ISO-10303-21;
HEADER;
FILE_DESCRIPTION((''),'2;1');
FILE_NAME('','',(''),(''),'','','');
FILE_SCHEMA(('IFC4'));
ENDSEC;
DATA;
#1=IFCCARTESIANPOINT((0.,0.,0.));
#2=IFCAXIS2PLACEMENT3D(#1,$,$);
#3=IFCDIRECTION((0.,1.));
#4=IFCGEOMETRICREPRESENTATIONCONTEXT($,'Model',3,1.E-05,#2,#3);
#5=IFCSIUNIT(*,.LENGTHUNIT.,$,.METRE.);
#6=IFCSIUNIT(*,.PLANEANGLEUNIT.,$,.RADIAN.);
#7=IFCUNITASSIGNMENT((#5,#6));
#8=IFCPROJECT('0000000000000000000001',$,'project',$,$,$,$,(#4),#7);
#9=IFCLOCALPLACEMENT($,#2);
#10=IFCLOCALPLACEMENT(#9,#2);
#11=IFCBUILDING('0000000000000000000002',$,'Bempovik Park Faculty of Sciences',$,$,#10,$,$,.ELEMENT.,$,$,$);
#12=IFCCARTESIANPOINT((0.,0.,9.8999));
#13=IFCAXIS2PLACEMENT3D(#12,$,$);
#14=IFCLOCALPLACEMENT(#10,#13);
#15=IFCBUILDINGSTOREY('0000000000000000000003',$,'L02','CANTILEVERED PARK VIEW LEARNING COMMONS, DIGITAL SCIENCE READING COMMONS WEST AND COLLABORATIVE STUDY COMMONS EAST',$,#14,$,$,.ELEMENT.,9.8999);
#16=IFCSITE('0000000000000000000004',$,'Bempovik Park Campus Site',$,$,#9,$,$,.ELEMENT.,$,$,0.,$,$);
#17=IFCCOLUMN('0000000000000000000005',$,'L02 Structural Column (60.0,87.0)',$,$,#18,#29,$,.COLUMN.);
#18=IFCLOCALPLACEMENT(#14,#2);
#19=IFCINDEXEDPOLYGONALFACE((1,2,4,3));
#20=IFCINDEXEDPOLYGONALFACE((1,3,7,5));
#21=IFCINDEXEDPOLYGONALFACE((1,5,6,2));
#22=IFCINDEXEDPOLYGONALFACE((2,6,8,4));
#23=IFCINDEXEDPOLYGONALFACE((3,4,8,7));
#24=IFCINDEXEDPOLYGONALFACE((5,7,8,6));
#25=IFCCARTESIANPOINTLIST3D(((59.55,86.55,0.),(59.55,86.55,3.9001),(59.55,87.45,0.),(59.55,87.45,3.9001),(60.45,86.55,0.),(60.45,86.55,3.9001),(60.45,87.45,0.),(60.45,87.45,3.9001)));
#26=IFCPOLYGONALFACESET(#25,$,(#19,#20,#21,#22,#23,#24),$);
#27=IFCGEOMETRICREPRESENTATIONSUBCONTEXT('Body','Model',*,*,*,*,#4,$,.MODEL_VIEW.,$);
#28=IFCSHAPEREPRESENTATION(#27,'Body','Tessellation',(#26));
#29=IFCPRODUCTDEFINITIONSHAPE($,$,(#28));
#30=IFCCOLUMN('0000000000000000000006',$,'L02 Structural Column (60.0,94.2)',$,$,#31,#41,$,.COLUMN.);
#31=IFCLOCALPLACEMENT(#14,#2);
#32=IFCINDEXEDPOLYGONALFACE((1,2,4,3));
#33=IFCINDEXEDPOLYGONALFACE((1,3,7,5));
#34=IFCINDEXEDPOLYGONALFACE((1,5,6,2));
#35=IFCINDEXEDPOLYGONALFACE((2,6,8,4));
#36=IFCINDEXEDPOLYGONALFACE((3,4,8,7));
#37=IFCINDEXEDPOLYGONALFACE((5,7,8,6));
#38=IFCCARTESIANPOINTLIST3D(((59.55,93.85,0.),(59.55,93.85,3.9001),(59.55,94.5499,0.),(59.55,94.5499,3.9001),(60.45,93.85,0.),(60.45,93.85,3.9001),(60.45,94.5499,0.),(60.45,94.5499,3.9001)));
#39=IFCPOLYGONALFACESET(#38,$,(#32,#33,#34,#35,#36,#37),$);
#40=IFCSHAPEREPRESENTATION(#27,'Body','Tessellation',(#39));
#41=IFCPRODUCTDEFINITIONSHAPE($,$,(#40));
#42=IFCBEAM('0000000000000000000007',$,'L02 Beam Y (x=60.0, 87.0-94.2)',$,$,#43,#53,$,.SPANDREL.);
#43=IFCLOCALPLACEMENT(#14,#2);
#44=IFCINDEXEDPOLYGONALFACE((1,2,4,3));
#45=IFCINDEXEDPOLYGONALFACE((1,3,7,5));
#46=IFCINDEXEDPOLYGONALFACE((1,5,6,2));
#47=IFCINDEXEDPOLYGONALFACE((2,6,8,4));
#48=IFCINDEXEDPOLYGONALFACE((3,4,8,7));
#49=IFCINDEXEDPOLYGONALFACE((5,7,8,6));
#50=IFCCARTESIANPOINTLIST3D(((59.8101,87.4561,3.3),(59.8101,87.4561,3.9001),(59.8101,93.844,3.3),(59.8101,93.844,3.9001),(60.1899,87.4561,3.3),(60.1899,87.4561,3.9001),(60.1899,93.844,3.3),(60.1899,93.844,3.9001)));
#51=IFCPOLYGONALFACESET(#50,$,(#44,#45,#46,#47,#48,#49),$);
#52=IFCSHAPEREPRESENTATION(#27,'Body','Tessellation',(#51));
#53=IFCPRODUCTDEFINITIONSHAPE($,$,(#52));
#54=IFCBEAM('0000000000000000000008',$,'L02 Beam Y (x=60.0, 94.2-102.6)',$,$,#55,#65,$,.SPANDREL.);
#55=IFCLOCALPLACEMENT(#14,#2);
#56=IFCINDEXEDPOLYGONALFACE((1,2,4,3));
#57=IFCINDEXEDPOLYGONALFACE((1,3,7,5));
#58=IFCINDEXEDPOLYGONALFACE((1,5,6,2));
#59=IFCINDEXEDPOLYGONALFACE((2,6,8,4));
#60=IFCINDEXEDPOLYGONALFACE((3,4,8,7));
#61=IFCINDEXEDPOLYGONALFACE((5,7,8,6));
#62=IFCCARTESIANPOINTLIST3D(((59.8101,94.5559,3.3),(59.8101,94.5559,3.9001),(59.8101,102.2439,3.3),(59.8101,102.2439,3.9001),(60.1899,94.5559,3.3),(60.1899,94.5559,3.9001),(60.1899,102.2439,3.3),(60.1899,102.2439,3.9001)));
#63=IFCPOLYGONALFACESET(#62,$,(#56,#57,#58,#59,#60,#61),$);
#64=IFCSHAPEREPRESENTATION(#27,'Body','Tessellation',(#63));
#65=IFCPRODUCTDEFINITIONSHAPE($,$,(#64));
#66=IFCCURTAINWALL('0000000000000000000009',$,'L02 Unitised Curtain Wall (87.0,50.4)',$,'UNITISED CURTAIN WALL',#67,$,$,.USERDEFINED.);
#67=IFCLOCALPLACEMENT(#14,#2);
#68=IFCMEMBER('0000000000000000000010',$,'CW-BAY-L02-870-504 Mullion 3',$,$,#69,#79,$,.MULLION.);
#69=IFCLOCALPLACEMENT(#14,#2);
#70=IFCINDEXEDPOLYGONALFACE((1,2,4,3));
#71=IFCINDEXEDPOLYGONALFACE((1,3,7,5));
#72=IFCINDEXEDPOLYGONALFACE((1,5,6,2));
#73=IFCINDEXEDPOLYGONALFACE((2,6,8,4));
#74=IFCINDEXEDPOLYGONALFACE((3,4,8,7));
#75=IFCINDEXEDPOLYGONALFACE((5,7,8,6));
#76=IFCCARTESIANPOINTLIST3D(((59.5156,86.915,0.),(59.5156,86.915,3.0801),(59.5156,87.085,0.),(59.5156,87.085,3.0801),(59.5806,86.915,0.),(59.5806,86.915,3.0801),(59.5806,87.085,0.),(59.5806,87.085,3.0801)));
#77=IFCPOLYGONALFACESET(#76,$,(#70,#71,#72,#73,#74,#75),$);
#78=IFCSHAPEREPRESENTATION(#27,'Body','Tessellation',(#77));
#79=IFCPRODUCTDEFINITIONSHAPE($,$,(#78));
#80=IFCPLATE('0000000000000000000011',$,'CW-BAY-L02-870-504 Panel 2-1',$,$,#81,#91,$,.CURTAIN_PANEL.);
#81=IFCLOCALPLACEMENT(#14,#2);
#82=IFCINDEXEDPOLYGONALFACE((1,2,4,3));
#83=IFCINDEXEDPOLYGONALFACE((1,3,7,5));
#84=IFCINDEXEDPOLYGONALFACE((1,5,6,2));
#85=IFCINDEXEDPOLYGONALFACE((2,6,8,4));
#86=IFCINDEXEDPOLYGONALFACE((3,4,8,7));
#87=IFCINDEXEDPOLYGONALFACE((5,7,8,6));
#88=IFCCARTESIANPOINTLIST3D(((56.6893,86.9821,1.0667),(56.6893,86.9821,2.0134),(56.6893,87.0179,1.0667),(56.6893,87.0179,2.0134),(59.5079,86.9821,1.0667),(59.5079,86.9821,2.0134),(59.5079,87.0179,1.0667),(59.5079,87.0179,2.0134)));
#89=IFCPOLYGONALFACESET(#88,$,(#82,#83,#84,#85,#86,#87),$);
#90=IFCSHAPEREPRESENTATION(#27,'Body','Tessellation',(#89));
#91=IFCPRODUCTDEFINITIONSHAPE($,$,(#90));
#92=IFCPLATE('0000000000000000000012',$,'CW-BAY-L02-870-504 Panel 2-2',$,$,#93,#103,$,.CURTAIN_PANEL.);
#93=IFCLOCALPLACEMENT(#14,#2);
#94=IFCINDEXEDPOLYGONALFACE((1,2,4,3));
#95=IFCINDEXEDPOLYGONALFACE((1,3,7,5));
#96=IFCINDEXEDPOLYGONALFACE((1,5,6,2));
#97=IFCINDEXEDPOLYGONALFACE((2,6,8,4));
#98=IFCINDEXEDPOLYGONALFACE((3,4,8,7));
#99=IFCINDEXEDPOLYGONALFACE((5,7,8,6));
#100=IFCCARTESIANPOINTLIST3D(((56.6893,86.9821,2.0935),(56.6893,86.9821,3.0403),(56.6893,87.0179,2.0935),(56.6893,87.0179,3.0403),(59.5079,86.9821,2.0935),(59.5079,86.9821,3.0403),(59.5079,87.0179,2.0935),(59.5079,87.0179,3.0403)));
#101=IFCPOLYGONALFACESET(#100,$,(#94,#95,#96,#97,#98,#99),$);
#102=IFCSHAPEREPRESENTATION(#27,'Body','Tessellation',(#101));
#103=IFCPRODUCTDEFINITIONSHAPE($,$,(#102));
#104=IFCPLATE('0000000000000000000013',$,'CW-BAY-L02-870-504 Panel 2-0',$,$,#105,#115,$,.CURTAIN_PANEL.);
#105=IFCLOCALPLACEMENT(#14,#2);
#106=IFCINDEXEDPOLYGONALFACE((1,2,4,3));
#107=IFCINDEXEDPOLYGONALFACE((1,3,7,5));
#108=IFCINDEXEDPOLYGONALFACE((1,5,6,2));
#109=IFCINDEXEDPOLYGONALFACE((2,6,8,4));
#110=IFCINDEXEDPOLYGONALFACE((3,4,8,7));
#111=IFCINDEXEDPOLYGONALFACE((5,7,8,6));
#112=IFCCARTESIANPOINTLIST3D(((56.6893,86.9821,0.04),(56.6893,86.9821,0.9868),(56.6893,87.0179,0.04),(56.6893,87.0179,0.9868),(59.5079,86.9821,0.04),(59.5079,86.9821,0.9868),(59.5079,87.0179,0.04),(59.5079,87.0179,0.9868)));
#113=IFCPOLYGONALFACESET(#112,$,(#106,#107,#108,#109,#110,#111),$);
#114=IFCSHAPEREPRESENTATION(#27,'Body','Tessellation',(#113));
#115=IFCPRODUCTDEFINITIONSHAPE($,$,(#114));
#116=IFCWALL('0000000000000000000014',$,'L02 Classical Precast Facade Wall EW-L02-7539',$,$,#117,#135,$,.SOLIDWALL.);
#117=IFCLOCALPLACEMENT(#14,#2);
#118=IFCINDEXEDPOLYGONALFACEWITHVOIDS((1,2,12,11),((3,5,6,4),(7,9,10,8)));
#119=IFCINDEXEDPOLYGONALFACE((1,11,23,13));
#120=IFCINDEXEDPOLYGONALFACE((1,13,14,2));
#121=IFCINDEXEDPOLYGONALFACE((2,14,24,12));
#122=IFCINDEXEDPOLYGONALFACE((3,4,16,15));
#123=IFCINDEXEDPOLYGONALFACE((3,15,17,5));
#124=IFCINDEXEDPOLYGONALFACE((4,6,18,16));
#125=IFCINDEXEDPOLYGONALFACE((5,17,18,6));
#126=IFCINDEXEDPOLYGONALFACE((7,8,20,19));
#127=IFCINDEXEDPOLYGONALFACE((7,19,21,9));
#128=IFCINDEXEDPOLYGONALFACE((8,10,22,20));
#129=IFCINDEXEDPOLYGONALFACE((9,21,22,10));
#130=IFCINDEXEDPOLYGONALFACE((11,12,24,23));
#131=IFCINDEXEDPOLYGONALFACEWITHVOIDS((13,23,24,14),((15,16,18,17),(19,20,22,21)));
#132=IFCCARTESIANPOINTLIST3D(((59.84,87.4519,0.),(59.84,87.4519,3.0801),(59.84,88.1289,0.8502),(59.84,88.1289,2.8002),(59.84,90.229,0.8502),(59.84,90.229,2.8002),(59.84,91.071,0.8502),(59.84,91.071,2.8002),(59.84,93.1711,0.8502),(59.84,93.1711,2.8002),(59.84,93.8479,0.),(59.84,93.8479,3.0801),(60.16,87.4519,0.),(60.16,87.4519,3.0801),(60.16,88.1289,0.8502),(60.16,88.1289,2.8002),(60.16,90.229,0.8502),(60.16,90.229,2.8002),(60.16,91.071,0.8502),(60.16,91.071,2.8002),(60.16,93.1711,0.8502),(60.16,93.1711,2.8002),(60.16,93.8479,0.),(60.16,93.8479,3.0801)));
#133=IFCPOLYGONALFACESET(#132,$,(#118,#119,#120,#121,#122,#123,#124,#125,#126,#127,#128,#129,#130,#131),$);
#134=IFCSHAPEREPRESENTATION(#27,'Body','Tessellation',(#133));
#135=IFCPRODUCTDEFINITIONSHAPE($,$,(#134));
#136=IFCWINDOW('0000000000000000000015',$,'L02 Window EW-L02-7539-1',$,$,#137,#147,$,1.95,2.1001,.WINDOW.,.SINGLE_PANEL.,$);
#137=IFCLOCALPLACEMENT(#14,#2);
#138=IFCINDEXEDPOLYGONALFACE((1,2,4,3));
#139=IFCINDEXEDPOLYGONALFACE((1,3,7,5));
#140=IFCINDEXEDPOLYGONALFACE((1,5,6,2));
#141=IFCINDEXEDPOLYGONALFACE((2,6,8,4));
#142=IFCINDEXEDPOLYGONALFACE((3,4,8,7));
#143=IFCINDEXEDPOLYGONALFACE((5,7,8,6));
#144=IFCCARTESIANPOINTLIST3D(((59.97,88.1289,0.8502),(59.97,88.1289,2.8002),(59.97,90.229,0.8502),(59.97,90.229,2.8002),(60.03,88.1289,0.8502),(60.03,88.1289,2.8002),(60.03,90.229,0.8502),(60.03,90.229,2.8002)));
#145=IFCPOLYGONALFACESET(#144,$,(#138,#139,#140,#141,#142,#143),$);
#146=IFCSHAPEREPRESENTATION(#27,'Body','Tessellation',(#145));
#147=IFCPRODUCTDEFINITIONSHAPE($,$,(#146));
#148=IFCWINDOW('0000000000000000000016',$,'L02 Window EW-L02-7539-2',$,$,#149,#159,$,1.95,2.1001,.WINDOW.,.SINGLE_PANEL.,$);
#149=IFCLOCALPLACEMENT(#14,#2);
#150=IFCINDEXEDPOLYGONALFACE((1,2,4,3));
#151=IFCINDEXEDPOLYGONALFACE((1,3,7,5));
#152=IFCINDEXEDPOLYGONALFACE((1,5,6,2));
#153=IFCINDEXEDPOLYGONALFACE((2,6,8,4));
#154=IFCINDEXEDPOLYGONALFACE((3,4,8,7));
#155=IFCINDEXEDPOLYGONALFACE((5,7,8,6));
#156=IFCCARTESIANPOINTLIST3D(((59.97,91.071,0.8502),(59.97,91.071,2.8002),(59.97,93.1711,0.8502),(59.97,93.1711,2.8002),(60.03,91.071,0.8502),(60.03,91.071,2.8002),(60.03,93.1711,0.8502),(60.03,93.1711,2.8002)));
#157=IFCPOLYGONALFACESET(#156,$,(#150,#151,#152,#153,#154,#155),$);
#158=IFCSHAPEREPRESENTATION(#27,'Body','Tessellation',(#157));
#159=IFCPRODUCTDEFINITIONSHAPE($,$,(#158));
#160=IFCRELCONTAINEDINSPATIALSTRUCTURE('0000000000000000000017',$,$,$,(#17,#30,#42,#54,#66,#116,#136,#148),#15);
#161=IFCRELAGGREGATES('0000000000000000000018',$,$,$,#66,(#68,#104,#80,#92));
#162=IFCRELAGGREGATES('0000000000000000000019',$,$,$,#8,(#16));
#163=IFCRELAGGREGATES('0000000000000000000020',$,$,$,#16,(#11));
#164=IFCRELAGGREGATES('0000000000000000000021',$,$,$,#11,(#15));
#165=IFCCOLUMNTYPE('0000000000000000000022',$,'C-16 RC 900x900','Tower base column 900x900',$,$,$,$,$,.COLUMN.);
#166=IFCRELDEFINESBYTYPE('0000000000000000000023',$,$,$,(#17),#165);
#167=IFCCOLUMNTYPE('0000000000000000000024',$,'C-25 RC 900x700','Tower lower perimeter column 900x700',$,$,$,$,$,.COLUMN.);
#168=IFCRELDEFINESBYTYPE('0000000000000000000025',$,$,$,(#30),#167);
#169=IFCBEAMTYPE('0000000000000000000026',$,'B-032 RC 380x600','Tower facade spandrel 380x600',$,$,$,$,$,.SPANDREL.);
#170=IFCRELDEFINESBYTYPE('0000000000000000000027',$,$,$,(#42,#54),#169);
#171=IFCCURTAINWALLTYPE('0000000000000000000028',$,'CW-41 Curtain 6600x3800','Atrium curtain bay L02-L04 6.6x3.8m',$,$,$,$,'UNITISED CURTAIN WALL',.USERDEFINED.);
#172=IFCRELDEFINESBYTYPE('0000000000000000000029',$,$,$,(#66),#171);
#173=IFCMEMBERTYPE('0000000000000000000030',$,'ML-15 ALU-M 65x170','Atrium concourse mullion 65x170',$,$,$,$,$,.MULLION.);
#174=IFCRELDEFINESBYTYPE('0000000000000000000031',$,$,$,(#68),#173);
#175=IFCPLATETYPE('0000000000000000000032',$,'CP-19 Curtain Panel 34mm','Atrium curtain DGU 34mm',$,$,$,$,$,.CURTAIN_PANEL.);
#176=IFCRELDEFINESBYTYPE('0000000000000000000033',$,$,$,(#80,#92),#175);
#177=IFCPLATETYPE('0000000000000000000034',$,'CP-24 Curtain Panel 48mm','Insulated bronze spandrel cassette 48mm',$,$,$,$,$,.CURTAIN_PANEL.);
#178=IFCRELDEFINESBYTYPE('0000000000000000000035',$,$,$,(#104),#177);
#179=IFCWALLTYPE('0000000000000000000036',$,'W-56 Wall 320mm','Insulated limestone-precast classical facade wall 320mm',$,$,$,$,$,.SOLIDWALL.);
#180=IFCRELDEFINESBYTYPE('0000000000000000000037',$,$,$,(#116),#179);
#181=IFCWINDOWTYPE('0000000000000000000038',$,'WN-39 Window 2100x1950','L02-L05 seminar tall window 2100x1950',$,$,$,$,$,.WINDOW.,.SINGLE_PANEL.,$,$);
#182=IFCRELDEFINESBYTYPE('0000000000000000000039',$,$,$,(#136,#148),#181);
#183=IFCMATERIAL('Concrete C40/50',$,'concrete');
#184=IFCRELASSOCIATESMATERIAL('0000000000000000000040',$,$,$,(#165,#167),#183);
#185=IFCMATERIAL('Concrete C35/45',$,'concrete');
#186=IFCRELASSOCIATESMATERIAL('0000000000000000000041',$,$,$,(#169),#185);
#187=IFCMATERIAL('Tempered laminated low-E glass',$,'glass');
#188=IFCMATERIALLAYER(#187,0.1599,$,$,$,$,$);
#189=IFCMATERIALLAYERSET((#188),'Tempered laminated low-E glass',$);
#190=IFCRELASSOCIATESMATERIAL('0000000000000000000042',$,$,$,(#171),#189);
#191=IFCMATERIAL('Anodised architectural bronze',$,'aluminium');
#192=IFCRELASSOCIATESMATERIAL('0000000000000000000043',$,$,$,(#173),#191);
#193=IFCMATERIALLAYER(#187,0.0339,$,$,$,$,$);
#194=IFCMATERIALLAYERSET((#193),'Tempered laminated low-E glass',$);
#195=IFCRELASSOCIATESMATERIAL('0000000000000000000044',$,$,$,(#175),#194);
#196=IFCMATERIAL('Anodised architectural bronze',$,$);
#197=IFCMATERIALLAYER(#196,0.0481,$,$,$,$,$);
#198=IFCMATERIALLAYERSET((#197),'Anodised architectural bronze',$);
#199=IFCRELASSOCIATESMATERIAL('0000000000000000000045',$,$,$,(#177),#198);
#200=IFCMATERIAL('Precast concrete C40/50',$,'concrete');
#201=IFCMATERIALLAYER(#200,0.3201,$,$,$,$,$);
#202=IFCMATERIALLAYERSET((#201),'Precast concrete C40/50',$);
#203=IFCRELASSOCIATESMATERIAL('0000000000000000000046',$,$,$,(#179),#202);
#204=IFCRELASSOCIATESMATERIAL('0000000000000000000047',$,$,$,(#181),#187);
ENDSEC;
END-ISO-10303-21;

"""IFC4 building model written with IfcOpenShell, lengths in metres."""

from ifc_helpers import new_model, si_unit, direction, frame, frame_2d, origin, origin_2d, place, context, subcontext, project, spatial, rectangle, extrude, material, layer, layer_set, material_profile, profile_set, type_object, element, fill, aggregate, save


model = new_model("IFC4")

# Units and contexts
model_context = context("Model", 3, precision=1e-05, world=origin(), true_north=direction((0.0, 1.0)))
body_context = subcontext(model_context, "Body", "Model", "MODEL_VIEW")
ifc_project = project(units=[si_unit("LENGTHUNIT", "METRE"), si_unit("PLANEANGLEUNIT", "RADIAN")], contexts=[model_context])

# Site, building, storey
site_placement = place(None, origin())
site = spatial("IfcSite", under=ifc_project, at=site_placement, Name="Bempovik Park Campus Site", CompositionType="ELEMENT", RefElevation=0.0)
building_placement = place(site_placement, origin())
building = spatial("IfcBuilding", under=site, at=building_placement, Name="Bempovik Park Faculty of Sciences", CompositionType="ELEMENT")
storey_placement = place(building_placement, frame((0.0, 0.0, 9.8999)))
storey = spatial("IfcBuildingStorey", under=building, at=storey_placement, Name="L02", Description="CANTILEVERED PARK VIEW LEARNING COMMONS, DIGITAL SCIENCE READING COMMONS WEST AND COLLABORATIVE STUDY COMMONS EAST", CompositionType="ELEMENT", Elevation=9.8999)

# Columns
ifc_material_1 = material(Name="Concrete C40/50", Category="concrete")
ifc_material_profile_1 = material_profile(ifc_material_1, rectangle(XDim=0.8999, YDim=0.8999, at=origin_2d()), Name="RC 900x900")
ifc_profile_set_1 = profile_set([ifc_material_profile_1], Name="Concrete C40/50")
column_type_1 = type_object("IfcColumnType", Name="C-16 RC 900x900", Description="Tower base column 900x900", PredefinedType="COLUMN", material=ifc_profile_set_1)
column_1_placement = place(storey_placement, frame((60.0, 87.0, 0.0), z_axis=(0.0, 0.0, 1.0), x_axis=(1.0, 0.0, 0.0)))
element("IfcColumn", 1, at=column_1_placement, inside=storey, type_object=column_type_1, Name="L02 Structural Column (60.0,87.0)", PredefinedType="COLUMN", context=body_context, shape_type="SweptSolid", body=[
    extrude(rectangle(XDim=0.8999, YDim=0.8999, at=origin_2d()), origin(), (0.0, 0.0, 1.0), 3.9001),
])
ifc_material_profile_2 = material_profile(ifc_material_1, rectangle(XDim=0.8999, YDim=0.7, at=origin_2d()), Name="RC 900x700")
ifc_profile_set_2 = profile_set([ifc_material_profile_2], Name="Concrete C40/50")
column_type_2 = type_object("IfcColumnType", Name="C-25 RC 900x700", Description="Tower lower perimeter column 900x700", PredefinedType="COLUMN", material=ifc_profile_set_2)
column_2_placement = place(storey_placement, frame((60.0, 94.2, 0.0), z_axis=(0.0, 0.0, 1.0), x_axis=(1.0, 0.0, 0.0)))
element("IfcColumn", 2, at=column_2_placement, inside=storey, type_object=column_type_2, Name="L02 Structural Column (60.0,94.2)", PredefinedType="COLUMN", context=body_context, shape_type="SweptSolid", body=[
    extrude(rectangle(XDim=0.8999, YDim=0.7, at=origin_2d()), origin(), (0.0, 0.0, 1.0), 3.9001),
])

# Beams
ifc_material_2 = material(Name="Concrete C35/45", Category="concrete")
ifc_material_profile_3 = material_profile(ifc_material_2, rectangle(XDim=0.3799, YDim=0.6001, at=origin_2d()), Name="RC 380x600")
ifc_profile_set_3 = profile_set([ifc_material_profile_3], Name="Concrete C35/45")
beam_type = type_object("IfcBeamType", Name="B-032 RC 380x600", Description="Tower facade spandrel 380x600", PredefinedType="SPANDREL", material=ifc_profile_set_3)
beam_1_placement = place(storey_placement, frame((60.0, 87.4561, 3.6001), z_axis=(0.0, 1.0, 0.0), x_axis=(-1.0, 0.0, 0.0)))
element("IfcBeam", 3, at=beam_1_placement, inside=storey, type_object=beam_type, Name="L02 Beam Y (x=60.0, 87.0-94.2)", PredefinedType="SPANDREL", context=body_context, shape_type="SweptSolid", body=[
    extrude(rectangle(XDim=0.3799, YDim=0.6001, at=origin_2d()), origin(), (0.0, 0.0, 1.0), 6.3879),
])
beam_2_placement = place(storey_placement, frame((60.0, 94.5559, 3.6001), z_axis=(0.0, 1.0, 0.0), x_axis=(-1.0, 0.0, 0.0)))
element("IfcBeam", 4, at=beam_2_placement, inside=storey, type_object=beam_type, Name="L02 Beam Y (x=60.0, 94.2-102.6)", PredefinedType="SPANDREL", context=body_context, shape_type="SweptSolid", body=[
    extrude(rectangle(XDim=0.3799, YDim=0.6001, at=origin_2d()), origin(), (0.0, 0.0, 1.0), 7.688),
])

# Curtain wall, member, plates
ifc_material_3 = material(Name="Tempered laminated low-E glass", Category="glass")
ifc_layer_1 = layer(ifc_material_3, 0.1599)
ifc_layer_set_1 = layer_set([ifc_layer_1], Name="Tempered laminated low-E glass")
curtain_wall_type = type_object("IfcCurtainWallType", Name="CW-41 Curtain 6600x3800", Description="Atrium curtain bay L02-L04 6.6x3.8m", ElementType="UNITISED CURTAIN WALL", PredefinedType="USERDEFINED", material=ifc_layer_set_1)
curtain_wall_placement = place(storey_placement, origin())
curtain_wall = element("IfcCurtainWall", 5, at=curtain_wall_placement, inside=storey, type_object=curtain_wall_type, Name="L02 Unitised Curtain Wall (87.0,50.4)", ObjectType="UNITISED CURTAIN WALL", PredefinedType="USERDEFINED")
ifc_material_4 = material(Name="Anodised architectural bronze", Category="aluminium")
ifc_material_profile_4 = material_profile(ifc_material_4, rectangle(XDim=0.0649, YDim=0.1699, at=origin_2d()), Name="ALU-M 65x170")
ifc_profile_set_4 = profile_set([ifc_material_profile_4], Name="Anodised architectural bronze")
member_type = type_object("IfcMemberType", Name="ML-15 ALU-M 65x170", Description="Atrium concourse mullion 65x170", PredefinedType="MULLION", material=ifc_profile_set_4)
member_placement = place(storey_placement, frame((59.5481, 87.0, 0.0), z_axis=(0.0, 0.0, 1.0), x_axis=(1.0, 0.0, 0.0)))
member = element("IfcMember", 6, at=member_placement, type_object=member_type, Name="CW-BAY-L02-870-504 Mullion 3", PredefinedType="MULLION", context=body_context, shape_type="SweptSolid", body=[
    extrude(rectangle(XDim=0.0649, YDim=0.1699, at=origin_2d()), origin(), (0.0, 0.0, 1.0), 3.0801),
])
ifc_layer_2 = layer(ifc_material_3, 0.0339)
ifc_layer_set_2 = layer_set([ifc_layer_2], Name="Tempered laminated low-E glass")
plate_type_1 = type_object("IfcPlateType", Name="CP-19 Curtain Panel 34mm", Description="Atrium curtain DGU 34mm", PredefinedType="CURTAIN_PANEL", material=ifc_layer_set_2)
plate_1_placement = place(storey_placement, frame((58.0986, 87.0, 1.0667), z_axis=(0.0, 0.0, 1.0), x_axis=(1.0, 0.0, 0.0)))
plate_1 = element("IfcPlate", 7, at=plate_1_placement, type_object=plate_type_1, Name="CW-BAY-L02-870-504 Panel 2-1", PredefinedType="CURTAIN_PANEL", context=body_context, shape_type="SweptSolid", body=[
    extrude(rectangle(XDim=2.8186, YDim=0.0359, at=origin_2d()), origin(), (0.0, 0.0, 1.0), 0.9468),
])
plate_2_placement = place(storey_placement, frame((58.0986, 87.0, 2.0935), z_axis=(0.0, 0.0, 1.0), x_axis=(1.0, 0.0, 0.0)))
plate_2 = element("IfcPlate", 8, at=plate_2_placement, type_object=plate_type_1, Name="CW-BAY-L02-870-504 Panel 2-2", PredefinedType="CURTAIN_PANEL", context=body_context, shape_type="SweptSolid", body=[
    extrude(rectangle(XDim=2.8186, YDim=0.0359, at=origin_2d()), origin(), (0.0, 0.0, 1.0), 0.9468),
])
ifc_material_5 = material(Name="Anodised architectural bronze")
ifc_layer_3 = layer(ifc_material_5, 0.0481)
ifc_layer_set_3 = layer_set([ifc_layer_3], Name="Anodised architectural bronze")
plate_type_2 = type_object("IfcPlateType", Name="CP-24 Curtain Panel 48mm", Description="Insulated bronze spandrel cassette 48mm", PredefinedType="CURTAIN_PANEL", material=ifc_layer_set_3)
plate_3_placement = place(storey_placement, frame((58.0986, 87.0, 0.04), z_axis=(0.0, 0.0, 1.0), x_axis=(1.0, 0.0, 0.0)))
plate_3 = element("IfcPlate", 9, at=plate_3_placement, type_object=plate_type_2, Name="CW-BAY-L02-870-504 Panel 2-0", PredefinedType="CURTAIN_PANEL", context=body_context, shape_type="SweptSolid", body=[
    extrude(rectangle(XDim=2.8186, YDim=0.0359, at=origin_2d()), origin(), (0.0, 0.0, 1.0), 0.9468),
])
aggregate(curtain_wall, [member, plate_3, plate_1, plate_2])

# Wall, openings, windows
ifc_material_6 = material(Name="Precast concrete C40/50", Category="concrete")
ifc_layer_4 = layer(ifc_material_6, 0.3201)
ifc_layer_set_4 = layer_set([ifc_layer_4], Name="Precast concrete C40/50")
wall_type = type_object("IfcWallType", Name="W-56 Wall 320mm", Description="Insulated limestone-precast classical facade wall 320mm", PredefinedType="SOLIDWALL", material=ifc_layer_set_4)
wall_1_placement = place(storey_placement, frame((60.0, 87.4519, 0.0), z_axis=(0.0, 0.0, 1.0), x_axis=(0.0, 1.0, 0.0)))
wall_1 = element("IfcWall", 10, at=wall_1_placement, inside=storey, type_object=wall_type, Name="L02 Classical Precast Facade Wall EW-L02-7539", PredefinedType="SOLIDWALL", context=body_context, shape_type="SweptSolid", body=[
    extrude(rectangle(XDim=6.396, YDim=0.3201, at=frame_2d((3.198, 0.0))), origin(), (0.0, 0.0, 1.0), 3.0801),
])
opening_1_placement = place(wall_1_placement, frame((0.677, 0.0, 0.8501)))
opening_1 = element("IfcOpeningElement", 11, at=opening_1_placement, cuts=wall_1, PredefinedType="OPENING", context=body_context, shape_type="SweptSolid", body=[
    extrude(rectangle(XDim=2.1001, YDim=1.95, at=frame_2d((1.05, 0.9751))), frame((0.0, 0.1699, 0.0), z_axis=(0.0, -1.0, 0.0), x_axis=(1.0, 0.0, 0.0)), (0.0, 0.0, 1.0), 0.3401),
])
opening_2_placement = place(wall_1_placement, frame((3.6191, 0.0, 0.8501)))
opening_2 = element("IfcOpeningElement", 12, at=opening_2_placement, cuts=wall_1, PredefinedType="OPENING", context=body_context, shape_type="SweptSolid", body=[
    extrude(rectangle(XDim=2.1001, YDim=1.95, at=frame_2d((1.05, 0.9751))), frame((0.0, 0.1699, 0.0), z_axis=(0.0, -1.0, 0.0), x_axis=(1.0, 0.0, 0.0)), (0.0, 0.0, 1.0), 0.3401),
])
window_type = type_object("IfcWindowType", Name="WN-39 Window 2100x1950", Description="L02-L05 seminar tall window 2100x1950", PartitioningType="SINGLE_PANEL", PredefinedType="WINDOW", material=ifc_material_3)
window_1_placement = place(opening_1_placement, origin())
window_1 = element("IfcWindow", 13, at=window_1_placement, inside=storey, type_object=window_type, Name="L02 Window EW-L02-7539-1", OverallHeight=1.95, OverallWidth=2.1001, PartitioningType="SINGLE_PANEL", PredefinedType="WINDOW", context=body_context, shape_type="SweptSolid", body=[
    extrude(rectangle(XDim=2.1001, YDim=1.95, at=frame_2d((1.05, 0.9751))), frame((0.0, 0.03, 0.0), z_axis=(0.0, -1.0, 0.0), x_axis=(1.0, 0.0, 0.0)), (0.0, 0.0, 1.0), 0.0601),
])
fill(opening_1, window_1)
window_2_placement = place(opening_2_placement, origin())
window_2 = element("IfcWindow", 14, at=window_2_placement, inside=storey, type_object=window_type, Name="L02 Window EW-L02-7539-2", OverallHeight=1.95, OverallWidth=2.1001, PartitioningType="SINGLE_PANEL", PredefinedType="WINDOW", context=body_context, shape_type="SweptSolid", body=[
    extrude(rectangle(XDim=2.1001, YDim=1.95, at=frame_2d((1.05, 0.9751))), frame((0.0, 0.03, 0.0), z_axis=(0.0, -1.0, 0.0), x_axis=(1.0, 0.0, 0.0)), (0.0, 0.0, 1.0), 0.0601),
])
fill(opening_2, window_2)

save(model, "model.ifc")
